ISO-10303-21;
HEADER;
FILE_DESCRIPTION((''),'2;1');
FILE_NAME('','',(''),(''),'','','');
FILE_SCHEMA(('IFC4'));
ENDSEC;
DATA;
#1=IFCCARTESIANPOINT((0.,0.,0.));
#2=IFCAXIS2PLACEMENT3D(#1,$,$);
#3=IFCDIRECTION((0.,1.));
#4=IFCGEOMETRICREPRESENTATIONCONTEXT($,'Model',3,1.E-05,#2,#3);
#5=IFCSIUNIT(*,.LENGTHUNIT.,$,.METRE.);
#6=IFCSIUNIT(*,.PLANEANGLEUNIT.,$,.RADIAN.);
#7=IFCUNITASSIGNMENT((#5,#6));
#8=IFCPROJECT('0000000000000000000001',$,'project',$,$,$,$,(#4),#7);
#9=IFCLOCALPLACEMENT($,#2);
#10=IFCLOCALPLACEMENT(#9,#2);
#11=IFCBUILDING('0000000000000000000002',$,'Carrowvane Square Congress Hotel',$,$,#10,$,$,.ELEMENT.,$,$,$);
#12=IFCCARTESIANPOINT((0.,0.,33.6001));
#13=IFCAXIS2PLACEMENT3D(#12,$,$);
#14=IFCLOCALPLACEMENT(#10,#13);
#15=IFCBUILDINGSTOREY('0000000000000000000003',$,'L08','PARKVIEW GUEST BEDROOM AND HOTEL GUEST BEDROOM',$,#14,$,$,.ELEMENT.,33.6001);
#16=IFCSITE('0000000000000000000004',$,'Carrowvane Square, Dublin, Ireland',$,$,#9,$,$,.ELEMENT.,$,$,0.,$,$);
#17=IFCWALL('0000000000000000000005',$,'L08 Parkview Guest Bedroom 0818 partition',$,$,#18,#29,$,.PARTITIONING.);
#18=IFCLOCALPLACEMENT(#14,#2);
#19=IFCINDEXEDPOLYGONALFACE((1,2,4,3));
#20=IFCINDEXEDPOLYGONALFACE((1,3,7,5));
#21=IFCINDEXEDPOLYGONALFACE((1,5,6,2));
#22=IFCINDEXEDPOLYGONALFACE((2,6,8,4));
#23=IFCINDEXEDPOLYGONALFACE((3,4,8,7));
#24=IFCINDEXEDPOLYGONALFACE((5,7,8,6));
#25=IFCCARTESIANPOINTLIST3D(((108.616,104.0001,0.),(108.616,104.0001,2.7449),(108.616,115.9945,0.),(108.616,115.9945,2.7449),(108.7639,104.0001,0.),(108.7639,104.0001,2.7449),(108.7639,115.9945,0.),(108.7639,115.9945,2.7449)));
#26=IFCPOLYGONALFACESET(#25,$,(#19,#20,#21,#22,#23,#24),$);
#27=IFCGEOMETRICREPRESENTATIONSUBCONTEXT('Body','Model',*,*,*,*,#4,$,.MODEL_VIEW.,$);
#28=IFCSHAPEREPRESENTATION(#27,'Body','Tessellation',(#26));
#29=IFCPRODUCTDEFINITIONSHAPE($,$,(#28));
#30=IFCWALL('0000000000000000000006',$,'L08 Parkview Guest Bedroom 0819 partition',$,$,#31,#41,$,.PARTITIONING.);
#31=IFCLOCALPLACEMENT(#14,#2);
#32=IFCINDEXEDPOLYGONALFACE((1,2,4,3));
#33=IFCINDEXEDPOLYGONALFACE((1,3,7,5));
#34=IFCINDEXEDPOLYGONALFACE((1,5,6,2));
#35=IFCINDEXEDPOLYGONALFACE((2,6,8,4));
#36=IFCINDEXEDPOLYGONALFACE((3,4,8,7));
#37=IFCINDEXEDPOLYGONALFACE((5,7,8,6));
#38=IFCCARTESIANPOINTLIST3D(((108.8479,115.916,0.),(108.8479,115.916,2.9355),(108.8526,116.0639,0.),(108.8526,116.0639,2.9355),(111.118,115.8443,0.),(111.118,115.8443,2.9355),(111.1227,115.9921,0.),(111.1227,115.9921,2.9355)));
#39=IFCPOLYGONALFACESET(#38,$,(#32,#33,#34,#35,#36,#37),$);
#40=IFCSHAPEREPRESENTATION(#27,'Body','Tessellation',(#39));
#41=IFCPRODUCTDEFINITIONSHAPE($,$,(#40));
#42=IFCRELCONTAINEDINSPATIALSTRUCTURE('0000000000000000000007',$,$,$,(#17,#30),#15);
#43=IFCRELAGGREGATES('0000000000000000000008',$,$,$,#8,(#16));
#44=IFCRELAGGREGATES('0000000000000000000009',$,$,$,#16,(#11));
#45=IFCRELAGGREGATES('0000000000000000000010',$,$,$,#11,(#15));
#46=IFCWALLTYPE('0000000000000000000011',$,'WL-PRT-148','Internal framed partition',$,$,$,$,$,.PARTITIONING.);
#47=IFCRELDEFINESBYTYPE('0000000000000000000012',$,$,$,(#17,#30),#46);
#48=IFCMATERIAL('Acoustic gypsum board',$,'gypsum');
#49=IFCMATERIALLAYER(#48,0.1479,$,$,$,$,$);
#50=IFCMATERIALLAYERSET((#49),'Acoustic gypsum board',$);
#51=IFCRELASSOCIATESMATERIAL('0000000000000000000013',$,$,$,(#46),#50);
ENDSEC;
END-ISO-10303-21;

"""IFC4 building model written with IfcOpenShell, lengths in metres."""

from ifc_helpers import new_model, si_unit, direction, frame, frame_2d, origin, place, context, subcontext, project, spatial, rectangle, extrude, material, layer, layer_set, type_object, element, save


model = new_model("IFC4")

# Units and contexts
model_context = context("Model", 3, precision=1e-05, world=origin(), true_north=direction((0.0, 1.0)))
body_context = subcontext(model_context, "Body", "Model", "MODEL_VIEW")
ifc_project = project(units=[si_unit("LENGTHUNIT", "METRE"), si_unit("PLANEANGLEUNIT", "RADIAN")], contexts=[model_context])

# Site, building, storey
site_placement = place(None, origin())
site = spatial("IfcSite", under=ifc_project, at=site_placement, Name="Carrowvane Square, Dublin, Ireland", CompositionType="ELEMENT", RefElevation=0.0)
building_placement = place(site_placement, origin())
building = spatial("IfcBuilding", under=site, at=building_placement, Name="Carrowvane Square Congress Hotel", CompositionType="ELEMENT")
storey_placement = place(building_placement, frame((0.0, 0.0, 33.6001)))
storey = spatial("IfcBuildingStorey", under=building, at=storey_placement, Name="L08", Description="PARKVIEW GUEST BEDROOM AND HOTEL GUEST BEDROOM", CompositionType="ELEMENT", Elevation=33.6001)

# Walls
ifc_material_1 = material(Name="Acoustic gypsum board", Category="gypsum")
ifc_layer_1 = layer(ifc_material_1, 0.1479)
ifc_layer_set_1 = layer_set([ifc_layer_1], Name="Acoustic gypsum board")
wall_type_1 = type_object("IfcWallType", Name="WL-PRT-148", Description="Internal framed partition", PredefinedType="PARTITIONING", material=ifc_layer_set_1)
wall_1_placement = place(storey_placement, frame((108.6899, 115.9944, 0.0), z_axis=(0.0, 0.0, 1.0), x_axis=(0.0, -1.0, 0.0)))
element("IfcWall", 1, at=wall_1_placement, inside=storey, type_object=wall_type_1, Name="L08 Parkview Guest Bedroom 0818 partition", PredefinedType="PARTITIONING", context=body_context, shape_type="SweptSolid", body=[
    extrude(rectangle(XDim=11.9944, YDim=0.1479, at=frame_2d((5.9971, 0.0))), origin(), (0.0, 0.0, 1.0), 2.7449),
])
wall_2_placement = place(storey_placement, frame((108.8501, 115.99, 0.0), z_axis=(0.0, 0.0, 1.0), x_axis=(0.9995, -0.031604, 0.0)))
element("IfcWall", 2, at=wall_2_placement, inside=storey, type_object=wall_type_1, Name="L08 Parkview Guest Bedroom 0819 partition", PredefinedType="PARTITIONING", context=body_context, shape_type="SweptSolid", body=[
    extrude(rectangle(XDim=2.2712, YDim=0.1479, at=frame_2d((1.1357, 0.0))), origin(), (0.0, 0.0, 1.0), 2.9355),
])

save(model, "model.ifc")
